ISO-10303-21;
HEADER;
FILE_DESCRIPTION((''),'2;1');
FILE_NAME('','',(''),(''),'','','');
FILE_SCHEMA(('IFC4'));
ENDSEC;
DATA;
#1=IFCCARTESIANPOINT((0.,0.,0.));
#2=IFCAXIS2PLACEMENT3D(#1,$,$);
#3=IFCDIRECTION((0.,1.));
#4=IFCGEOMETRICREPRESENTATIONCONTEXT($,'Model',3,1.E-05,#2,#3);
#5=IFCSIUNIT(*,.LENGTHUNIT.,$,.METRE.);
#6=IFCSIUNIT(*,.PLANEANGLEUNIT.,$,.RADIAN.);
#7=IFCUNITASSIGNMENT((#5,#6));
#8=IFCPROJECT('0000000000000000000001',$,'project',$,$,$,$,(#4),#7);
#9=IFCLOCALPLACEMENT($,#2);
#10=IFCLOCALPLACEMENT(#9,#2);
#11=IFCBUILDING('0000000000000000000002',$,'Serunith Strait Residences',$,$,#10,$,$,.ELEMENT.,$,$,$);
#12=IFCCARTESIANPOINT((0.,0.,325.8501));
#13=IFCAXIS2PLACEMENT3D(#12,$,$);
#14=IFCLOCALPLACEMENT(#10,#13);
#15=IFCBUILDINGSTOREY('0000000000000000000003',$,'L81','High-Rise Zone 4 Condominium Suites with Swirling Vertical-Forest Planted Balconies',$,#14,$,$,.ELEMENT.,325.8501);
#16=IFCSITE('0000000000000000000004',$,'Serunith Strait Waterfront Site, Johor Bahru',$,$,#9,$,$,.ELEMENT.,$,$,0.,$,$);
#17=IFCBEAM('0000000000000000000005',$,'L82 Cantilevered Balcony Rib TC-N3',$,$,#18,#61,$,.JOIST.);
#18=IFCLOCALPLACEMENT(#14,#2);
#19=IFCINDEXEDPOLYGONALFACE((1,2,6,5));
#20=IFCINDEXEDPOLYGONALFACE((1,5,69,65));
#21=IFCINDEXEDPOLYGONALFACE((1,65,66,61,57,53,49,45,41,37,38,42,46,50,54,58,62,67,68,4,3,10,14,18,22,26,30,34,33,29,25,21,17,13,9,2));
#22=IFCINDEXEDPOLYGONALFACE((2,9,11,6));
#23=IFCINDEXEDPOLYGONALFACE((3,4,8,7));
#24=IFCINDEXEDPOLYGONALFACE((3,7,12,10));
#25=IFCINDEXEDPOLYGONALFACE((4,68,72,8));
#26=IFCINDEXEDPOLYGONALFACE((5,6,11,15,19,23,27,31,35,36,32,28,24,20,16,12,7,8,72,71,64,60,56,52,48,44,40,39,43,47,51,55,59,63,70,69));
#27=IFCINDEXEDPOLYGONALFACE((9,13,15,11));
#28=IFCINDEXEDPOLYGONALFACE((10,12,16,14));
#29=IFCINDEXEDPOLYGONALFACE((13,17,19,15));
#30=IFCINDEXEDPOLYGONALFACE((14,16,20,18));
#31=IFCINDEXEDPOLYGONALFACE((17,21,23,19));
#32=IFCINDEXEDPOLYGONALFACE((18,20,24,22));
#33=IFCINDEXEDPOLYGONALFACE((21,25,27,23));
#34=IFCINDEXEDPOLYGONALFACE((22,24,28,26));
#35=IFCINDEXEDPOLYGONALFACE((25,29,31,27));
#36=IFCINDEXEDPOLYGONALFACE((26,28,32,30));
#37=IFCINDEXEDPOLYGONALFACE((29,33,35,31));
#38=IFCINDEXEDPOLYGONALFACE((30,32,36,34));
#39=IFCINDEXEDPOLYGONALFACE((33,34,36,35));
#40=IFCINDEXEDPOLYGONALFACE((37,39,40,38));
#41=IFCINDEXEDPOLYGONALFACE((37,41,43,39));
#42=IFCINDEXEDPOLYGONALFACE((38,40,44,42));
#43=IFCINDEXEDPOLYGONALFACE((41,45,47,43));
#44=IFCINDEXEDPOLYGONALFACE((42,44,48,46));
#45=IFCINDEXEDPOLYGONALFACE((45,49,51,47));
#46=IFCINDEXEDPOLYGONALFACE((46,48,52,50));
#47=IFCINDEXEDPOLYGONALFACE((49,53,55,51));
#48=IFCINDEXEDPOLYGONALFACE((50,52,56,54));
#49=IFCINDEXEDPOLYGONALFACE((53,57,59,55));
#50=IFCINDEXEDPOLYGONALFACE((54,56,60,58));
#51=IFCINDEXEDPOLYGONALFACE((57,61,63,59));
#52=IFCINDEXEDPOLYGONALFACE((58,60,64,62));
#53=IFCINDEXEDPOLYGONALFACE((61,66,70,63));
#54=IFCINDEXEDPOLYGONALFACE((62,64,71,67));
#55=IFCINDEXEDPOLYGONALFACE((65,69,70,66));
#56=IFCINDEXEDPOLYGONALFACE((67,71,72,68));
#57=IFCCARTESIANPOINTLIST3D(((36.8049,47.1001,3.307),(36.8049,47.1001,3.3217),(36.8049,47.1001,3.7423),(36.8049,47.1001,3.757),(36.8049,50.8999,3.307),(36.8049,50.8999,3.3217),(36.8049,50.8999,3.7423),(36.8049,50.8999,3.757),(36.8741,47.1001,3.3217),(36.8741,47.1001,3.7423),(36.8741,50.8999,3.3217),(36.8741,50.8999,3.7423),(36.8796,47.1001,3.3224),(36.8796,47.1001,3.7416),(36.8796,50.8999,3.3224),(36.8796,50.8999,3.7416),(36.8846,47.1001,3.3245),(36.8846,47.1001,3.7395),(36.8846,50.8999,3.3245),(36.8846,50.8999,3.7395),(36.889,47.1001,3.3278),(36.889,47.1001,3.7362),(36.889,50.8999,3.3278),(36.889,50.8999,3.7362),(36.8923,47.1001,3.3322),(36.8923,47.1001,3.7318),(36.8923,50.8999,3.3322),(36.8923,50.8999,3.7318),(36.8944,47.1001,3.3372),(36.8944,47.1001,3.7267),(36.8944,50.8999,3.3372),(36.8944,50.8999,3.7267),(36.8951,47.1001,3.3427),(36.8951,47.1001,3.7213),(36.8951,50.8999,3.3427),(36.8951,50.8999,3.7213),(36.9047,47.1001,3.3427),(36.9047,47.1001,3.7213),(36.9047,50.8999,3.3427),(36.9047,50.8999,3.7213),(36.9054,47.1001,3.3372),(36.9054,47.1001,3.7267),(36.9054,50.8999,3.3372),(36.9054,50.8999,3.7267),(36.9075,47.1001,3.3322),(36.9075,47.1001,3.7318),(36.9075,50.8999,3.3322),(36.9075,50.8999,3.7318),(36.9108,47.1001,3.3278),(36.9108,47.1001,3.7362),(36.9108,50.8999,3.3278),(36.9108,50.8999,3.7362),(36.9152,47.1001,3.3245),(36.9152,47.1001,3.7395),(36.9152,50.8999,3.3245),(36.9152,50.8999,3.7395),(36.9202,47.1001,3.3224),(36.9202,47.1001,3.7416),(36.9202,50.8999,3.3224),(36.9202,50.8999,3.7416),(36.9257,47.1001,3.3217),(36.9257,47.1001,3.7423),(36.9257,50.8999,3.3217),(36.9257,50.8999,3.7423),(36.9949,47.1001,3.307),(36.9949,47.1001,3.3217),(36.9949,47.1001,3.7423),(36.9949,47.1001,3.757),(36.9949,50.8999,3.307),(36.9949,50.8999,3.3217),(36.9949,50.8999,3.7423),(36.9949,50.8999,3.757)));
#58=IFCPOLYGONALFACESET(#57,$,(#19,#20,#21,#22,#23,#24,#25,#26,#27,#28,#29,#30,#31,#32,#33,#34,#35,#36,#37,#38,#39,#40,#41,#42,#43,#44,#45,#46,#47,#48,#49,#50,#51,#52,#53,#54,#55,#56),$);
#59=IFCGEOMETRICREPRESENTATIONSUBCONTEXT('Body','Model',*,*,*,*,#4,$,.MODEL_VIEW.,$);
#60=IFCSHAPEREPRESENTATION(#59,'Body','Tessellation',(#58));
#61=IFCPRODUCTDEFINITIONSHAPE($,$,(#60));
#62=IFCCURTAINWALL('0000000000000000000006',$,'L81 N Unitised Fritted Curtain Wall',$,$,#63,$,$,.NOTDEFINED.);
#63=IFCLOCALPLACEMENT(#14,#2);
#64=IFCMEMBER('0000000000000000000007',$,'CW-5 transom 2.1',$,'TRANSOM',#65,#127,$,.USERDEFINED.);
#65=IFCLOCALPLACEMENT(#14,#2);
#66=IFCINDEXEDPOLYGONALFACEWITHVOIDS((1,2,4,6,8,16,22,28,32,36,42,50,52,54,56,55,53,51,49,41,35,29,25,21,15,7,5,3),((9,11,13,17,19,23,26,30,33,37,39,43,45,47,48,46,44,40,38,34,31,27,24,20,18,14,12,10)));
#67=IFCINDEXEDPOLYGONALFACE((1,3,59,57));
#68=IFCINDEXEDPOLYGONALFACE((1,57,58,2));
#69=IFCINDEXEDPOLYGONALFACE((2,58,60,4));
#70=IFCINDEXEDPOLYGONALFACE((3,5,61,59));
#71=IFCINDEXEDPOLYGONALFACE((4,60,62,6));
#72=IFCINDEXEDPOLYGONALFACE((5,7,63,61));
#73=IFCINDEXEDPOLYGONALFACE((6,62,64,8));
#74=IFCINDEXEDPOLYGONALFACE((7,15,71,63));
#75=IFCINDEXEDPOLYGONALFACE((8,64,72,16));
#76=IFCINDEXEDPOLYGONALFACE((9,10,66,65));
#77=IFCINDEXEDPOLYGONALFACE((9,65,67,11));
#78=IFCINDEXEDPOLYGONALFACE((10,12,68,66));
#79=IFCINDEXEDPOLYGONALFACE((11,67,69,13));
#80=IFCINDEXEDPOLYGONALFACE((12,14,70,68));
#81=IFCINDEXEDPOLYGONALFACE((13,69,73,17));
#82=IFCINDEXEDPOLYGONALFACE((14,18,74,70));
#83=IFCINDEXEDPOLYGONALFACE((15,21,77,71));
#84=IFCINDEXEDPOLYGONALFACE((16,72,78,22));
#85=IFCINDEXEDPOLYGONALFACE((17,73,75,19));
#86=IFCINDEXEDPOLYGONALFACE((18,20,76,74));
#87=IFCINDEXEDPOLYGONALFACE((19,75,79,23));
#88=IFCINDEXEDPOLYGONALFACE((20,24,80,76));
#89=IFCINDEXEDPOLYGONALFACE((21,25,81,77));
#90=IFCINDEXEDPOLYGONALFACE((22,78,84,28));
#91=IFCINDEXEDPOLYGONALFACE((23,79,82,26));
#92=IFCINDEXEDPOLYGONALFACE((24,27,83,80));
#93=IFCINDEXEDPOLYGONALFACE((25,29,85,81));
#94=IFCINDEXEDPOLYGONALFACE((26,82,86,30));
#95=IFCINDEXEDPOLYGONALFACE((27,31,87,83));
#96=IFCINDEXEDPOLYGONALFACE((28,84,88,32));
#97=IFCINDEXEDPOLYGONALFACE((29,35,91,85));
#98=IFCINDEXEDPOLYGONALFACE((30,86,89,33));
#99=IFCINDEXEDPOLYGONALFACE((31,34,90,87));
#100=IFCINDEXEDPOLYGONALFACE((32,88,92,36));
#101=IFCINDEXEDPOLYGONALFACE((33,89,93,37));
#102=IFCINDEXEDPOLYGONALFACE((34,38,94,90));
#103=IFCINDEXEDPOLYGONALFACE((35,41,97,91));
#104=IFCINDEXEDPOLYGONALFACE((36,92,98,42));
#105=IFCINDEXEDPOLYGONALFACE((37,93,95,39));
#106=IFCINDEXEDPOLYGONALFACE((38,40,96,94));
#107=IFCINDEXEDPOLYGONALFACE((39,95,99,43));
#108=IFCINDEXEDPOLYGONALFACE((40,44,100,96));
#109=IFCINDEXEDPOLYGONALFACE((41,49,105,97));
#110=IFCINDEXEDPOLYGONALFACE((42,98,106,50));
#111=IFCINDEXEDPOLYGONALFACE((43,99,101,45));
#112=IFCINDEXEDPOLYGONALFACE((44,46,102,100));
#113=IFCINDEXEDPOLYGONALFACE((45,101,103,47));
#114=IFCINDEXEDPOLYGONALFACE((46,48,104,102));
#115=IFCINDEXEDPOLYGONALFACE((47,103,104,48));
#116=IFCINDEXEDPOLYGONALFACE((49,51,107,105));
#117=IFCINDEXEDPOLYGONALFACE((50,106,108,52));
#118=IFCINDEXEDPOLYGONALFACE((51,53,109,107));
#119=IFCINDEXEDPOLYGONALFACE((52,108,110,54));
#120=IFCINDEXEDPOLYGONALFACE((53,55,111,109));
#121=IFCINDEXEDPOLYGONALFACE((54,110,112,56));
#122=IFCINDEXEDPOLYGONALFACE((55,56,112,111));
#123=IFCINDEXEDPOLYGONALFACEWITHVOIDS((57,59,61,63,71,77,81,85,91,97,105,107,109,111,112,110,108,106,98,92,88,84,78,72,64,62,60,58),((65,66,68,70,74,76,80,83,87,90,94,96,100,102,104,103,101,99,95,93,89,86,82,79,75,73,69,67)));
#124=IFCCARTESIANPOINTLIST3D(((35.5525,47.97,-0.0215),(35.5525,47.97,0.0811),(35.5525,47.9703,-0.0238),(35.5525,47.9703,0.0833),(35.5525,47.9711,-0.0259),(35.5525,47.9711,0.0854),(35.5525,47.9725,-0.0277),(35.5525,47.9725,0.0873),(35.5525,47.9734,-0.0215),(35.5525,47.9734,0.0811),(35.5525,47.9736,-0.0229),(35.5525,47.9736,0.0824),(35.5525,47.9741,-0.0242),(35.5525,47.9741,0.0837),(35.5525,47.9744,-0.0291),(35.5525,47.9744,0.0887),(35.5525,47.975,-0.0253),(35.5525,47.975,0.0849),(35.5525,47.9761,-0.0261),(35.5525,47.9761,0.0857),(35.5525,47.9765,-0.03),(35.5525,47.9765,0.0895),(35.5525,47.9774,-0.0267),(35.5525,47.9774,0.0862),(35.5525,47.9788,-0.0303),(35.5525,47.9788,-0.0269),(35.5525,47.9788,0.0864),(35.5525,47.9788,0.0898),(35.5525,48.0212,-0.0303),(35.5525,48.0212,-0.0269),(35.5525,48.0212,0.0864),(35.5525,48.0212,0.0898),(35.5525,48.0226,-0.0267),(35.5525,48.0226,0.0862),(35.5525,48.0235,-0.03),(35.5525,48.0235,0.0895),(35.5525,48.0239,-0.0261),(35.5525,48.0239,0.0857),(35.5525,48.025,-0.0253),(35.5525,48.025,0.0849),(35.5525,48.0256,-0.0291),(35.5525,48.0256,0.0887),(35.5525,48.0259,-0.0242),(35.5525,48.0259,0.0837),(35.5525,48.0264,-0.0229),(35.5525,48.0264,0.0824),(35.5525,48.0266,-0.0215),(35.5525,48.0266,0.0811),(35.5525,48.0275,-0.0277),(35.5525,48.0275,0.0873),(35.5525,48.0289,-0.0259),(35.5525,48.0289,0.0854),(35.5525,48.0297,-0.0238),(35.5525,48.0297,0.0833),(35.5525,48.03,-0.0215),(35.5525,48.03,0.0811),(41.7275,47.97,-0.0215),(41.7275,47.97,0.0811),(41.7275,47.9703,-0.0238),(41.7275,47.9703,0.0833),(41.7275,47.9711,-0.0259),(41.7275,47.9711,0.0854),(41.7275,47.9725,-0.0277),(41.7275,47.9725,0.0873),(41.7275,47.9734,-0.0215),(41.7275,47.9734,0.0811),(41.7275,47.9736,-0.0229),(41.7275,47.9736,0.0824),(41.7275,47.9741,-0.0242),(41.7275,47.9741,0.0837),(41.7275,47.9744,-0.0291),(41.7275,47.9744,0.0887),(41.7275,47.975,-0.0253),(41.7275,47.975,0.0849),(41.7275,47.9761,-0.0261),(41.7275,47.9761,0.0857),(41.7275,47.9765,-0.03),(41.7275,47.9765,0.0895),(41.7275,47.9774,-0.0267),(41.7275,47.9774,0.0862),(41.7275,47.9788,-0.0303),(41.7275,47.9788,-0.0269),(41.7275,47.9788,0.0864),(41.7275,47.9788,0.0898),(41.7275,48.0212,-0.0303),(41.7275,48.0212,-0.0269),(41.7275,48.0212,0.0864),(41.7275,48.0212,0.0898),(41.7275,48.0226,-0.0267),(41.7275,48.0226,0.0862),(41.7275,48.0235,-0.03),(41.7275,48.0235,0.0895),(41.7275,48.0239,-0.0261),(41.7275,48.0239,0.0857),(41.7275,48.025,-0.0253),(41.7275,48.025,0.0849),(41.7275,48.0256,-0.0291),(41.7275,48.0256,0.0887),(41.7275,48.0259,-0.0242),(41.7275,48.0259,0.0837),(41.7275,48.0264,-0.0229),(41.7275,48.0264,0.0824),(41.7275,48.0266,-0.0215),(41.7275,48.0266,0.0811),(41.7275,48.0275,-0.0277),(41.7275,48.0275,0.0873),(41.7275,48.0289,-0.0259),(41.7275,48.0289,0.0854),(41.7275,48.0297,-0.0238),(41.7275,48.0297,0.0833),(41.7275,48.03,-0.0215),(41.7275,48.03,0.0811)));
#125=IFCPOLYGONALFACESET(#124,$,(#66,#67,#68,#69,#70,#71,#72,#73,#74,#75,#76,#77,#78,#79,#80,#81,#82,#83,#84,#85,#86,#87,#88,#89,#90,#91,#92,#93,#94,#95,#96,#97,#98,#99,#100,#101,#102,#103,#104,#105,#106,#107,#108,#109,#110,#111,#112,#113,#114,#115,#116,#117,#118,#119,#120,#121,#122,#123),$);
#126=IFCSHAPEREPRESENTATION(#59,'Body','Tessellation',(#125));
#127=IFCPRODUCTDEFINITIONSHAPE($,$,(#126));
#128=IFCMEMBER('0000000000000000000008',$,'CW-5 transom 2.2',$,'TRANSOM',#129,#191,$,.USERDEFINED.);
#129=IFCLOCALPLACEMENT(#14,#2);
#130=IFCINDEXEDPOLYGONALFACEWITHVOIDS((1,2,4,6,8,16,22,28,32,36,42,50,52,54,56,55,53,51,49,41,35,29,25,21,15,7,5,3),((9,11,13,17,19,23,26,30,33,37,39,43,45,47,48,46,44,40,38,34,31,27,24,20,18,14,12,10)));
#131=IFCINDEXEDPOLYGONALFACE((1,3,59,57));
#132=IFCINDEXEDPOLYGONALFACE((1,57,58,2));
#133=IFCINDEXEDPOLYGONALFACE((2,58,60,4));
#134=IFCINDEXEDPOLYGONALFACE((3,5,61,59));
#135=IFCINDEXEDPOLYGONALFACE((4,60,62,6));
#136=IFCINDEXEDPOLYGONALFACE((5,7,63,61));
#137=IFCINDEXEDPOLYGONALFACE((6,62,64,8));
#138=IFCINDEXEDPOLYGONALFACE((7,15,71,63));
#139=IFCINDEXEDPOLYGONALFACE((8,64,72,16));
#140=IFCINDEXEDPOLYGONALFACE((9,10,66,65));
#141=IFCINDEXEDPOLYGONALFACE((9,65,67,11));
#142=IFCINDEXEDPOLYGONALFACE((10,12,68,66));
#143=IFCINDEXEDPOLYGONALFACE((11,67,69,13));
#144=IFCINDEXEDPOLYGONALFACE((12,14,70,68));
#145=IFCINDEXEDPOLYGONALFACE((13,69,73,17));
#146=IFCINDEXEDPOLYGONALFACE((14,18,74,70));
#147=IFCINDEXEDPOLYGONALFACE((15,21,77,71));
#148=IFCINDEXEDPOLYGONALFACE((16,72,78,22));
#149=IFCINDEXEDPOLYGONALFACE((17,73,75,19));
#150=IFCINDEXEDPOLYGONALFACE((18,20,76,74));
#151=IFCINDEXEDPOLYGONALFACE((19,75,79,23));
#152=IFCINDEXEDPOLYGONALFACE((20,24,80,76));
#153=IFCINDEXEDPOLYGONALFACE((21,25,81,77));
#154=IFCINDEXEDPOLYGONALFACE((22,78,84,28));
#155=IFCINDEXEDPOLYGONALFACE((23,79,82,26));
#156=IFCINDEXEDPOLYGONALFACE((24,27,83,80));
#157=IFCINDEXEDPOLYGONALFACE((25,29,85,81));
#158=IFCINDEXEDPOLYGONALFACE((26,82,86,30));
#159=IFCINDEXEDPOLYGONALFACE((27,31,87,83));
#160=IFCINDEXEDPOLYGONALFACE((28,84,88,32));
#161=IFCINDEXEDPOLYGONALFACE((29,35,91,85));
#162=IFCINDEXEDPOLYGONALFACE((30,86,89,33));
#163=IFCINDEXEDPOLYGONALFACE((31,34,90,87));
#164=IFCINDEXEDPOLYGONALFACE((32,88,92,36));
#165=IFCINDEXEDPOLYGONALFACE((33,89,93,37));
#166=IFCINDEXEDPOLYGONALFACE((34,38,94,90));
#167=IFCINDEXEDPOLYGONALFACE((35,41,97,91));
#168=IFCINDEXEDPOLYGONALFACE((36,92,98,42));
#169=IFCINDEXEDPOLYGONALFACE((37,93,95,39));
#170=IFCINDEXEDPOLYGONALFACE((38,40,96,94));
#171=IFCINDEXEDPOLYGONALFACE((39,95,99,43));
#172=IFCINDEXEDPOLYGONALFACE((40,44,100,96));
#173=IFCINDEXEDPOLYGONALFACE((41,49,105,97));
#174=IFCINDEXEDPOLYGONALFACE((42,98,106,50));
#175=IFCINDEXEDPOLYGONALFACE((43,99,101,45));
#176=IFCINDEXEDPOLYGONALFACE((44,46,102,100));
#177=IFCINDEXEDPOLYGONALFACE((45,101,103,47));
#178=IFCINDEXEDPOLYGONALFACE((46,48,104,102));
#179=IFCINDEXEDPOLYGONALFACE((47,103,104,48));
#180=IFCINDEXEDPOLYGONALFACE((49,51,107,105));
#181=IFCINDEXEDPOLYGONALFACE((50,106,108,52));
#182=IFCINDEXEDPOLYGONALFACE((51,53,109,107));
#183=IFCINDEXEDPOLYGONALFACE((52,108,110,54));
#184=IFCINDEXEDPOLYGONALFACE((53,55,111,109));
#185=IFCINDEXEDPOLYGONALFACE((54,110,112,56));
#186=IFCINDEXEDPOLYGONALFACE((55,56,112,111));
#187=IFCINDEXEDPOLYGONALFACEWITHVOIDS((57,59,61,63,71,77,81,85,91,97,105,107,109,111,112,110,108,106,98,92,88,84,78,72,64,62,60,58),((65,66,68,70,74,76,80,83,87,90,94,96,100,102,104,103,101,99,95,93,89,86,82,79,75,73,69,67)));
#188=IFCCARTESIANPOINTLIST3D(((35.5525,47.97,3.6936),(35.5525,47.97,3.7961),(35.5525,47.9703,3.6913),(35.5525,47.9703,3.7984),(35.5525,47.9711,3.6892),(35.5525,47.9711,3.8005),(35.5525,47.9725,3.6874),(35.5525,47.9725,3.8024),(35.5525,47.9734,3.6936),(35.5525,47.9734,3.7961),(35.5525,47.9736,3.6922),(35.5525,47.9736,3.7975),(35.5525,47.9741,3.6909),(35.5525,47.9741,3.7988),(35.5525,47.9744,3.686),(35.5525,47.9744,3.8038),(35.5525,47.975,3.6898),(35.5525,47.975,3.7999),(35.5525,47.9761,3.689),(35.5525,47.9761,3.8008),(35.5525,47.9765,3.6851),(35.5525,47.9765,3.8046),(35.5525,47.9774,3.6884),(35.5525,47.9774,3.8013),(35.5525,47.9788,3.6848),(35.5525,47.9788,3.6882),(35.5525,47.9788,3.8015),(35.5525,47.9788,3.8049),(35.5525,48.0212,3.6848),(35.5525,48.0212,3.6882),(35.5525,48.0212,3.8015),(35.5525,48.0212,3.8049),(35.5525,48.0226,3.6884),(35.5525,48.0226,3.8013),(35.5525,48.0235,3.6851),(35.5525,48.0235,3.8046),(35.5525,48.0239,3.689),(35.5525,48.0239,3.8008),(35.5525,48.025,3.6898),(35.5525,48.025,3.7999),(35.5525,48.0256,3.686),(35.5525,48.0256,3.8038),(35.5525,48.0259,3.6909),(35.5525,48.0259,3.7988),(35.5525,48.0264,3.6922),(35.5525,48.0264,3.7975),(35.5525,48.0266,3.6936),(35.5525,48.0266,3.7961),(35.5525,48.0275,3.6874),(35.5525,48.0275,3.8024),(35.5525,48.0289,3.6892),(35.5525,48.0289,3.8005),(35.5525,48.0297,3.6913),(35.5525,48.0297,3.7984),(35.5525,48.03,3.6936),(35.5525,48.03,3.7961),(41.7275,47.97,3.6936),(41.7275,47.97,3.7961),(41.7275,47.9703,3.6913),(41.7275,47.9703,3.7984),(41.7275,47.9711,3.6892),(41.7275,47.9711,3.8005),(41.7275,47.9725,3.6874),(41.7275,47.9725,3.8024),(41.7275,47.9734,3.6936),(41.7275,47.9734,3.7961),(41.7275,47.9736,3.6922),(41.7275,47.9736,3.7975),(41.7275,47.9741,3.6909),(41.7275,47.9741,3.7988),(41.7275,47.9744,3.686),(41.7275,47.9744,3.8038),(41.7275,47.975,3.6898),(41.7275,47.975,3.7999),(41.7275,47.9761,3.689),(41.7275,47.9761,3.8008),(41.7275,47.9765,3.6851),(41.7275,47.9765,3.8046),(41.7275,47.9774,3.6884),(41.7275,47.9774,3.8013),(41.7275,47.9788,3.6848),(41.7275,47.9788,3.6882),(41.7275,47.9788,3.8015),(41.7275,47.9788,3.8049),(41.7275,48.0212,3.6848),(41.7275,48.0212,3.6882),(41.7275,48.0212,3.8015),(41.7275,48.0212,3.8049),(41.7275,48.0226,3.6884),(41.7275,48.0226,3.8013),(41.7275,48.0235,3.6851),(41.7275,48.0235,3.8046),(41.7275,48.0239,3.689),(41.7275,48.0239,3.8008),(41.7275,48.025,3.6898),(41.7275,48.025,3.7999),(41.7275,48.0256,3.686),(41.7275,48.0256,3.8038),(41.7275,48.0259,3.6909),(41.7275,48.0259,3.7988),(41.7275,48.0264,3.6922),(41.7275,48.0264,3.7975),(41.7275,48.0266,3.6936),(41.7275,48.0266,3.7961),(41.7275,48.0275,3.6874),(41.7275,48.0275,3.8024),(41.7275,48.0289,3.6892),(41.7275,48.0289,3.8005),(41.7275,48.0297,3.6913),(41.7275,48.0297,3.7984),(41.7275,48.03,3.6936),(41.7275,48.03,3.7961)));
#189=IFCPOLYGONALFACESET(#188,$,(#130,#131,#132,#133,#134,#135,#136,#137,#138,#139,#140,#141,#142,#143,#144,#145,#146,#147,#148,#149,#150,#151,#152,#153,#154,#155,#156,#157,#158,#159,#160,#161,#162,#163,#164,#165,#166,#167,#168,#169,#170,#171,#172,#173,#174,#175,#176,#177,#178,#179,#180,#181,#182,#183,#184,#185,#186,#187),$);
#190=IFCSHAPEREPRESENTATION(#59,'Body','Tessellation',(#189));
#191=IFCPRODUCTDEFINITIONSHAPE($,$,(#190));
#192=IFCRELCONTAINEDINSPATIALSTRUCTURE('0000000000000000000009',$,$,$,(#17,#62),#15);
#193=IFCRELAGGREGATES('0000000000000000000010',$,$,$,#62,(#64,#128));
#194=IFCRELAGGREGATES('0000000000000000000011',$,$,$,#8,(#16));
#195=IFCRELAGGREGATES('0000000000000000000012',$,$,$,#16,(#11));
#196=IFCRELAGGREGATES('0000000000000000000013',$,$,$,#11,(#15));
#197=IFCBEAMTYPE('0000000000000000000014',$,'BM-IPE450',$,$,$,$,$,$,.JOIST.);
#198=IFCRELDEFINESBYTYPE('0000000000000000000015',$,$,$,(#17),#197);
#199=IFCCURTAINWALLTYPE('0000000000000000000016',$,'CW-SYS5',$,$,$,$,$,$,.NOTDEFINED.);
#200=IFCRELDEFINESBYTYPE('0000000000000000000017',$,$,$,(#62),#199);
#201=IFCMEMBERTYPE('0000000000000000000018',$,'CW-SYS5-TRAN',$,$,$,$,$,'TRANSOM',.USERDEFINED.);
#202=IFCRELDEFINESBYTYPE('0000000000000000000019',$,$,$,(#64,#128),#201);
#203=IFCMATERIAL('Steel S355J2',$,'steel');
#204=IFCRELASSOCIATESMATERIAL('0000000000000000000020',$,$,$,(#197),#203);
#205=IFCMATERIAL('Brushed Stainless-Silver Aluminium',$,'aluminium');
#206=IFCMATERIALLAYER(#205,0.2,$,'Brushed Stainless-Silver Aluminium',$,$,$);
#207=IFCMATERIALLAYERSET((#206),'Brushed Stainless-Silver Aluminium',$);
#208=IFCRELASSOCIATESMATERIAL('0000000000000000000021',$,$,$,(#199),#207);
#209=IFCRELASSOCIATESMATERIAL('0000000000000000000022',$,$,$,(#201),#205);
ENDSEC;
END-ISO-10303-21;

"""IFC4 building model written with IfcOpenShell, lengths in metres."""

from ifc_helpers import new_model, si_unit, direction, frame, origin, origin_2d, place, context, subcontext, project, spatial, hollow_rectangle, i_section, extrude, source, transform, mapped, material, layer, layer_set, material_profile, profile_set, type_object, element, aggregate, save


model = new_model("IFC4")

# Units and contexts
model_context = context("Model", 3, precision=1e-05, world=origin(), true_north=direction((0.0, 1.0)))
body_context = subcontext(model_context, "Body", "Model", "MODEL_VIEW")
ifc_project = project(units=[si_unit("LENGTHUNIT", "METRE"), si_unit("PLANEANGLEUNIT", "RADIAN")], contexts=[model_context])

# Site, building, storey
site_placement = place(None, origin())
site = spatial("IfcSite", under=ifc_project, at=site_placement, Name="Serunith Strait Waterfront Site, Johor Bahru", CompositionType="ELEMENT", RefElevation=0.0)
building_placement = place(site_placement, origin())
building = spatial("IfcBuilding", under=site, at=building_placement, Name="Serunith Strait Residences", CompositionType="ELEMENT")
storey_placement = place(building_placement, frame((0.0, 0.0, 325.8501)))
storey = spatial("IfcBuildingStorey", under=building, at=storey_placement, Name="L81", Description="High-Rise Zone 4 Condominium Suites with Swirling Vertical-Forest Planted Balconies", CompositionType="ELEMENT", Elevation=325.8501)

# Beam
ifc_material_1 = material(Name="Steel S355J2", Category="steel")
ifc_material_profile_1 = material_profile(ifc_material_1, i_section(OverallWidth=0.1899, OverallDepth=0.45, WebThickness=0.0095, FlangeThickness=0.0146, FilletRadius=0.021, at=origin_2d()), Name="IPE 450")
ifc_profile_set_1 = profile_set([ifc_material_profile_1], Name="Steel S355J2")
beam_type_1 = type_object("IfcBeamType", Name="BM-IPE450", PredefinedType="JOIST", material=ifc_profile_set_1)
shared_shape_1 = source(origin(), body_context, "Body", "SweptSolid", [
    extrude(i_section(OverallWidth=0.1899, OverallDepth=0.45, WebThickness=0.0095, FlangeThickness=0.0146, FilletRadius=0.021, at=origin_2d()), origin(), (0.0, 0.0, 1.0), 3.7998),
])
beam_1_placement = place(storey_placement, frame((36.8999, 47.1001, 3.532), z_axis=(0.0, 1.0, 0.0), x_axis=(-1.0, 0.0, 0.0)))
element("IfcBeam", 1, at=beam_1_placement, inside=storey, type_object=beam_type_1, Name="L82 Cantilevered Balcony Rib TC-N3", PredefinedType="JOIST", context=body_context, shape_type="MappedRepresentation", body=[
    mapped(shared_shape_1, transform((0.0, 0.0, 0.0), scale=1.0)),
])

# Curtain wall, members
ifc_material_2 = material(Name="Brushed Stainless-Silver Aluminium", Category="aluminium")
ifc_layer_1 = layer(ifc_material_2, 0.2, Name="Brushed Stainless-Silver Aluminium")
ifc_layer_set_1 = layer_set([ifc_layer_1], Name="Brushed Stainless-Silver Aluminium")
curtain_wall_type = type_object("IfcCurtainWallType", Name="CW-SYS5", PredefinedType="NOTDEFINED", material=ifc_layer_set_1)
curtain_wall_placement = place(storey_placement, origin())
curtain_wall = element("IfcCurtainWall", 2, at=curtain_wall_placement, inside=storey, type_object=curtain_wall_type, Name="L81 N Unitised Fritted Curtain Wall", PredefinedType="NOTDEFINED")
ifc_material_profile_2 = material_profile(ifc_material_2, hollow_rectangle(XDim=0.0601, YDim=0.1201, WallThickness=0.0034, InnerFilletRadius=0.0054, OuterFilletRadius=0.0088, at=origin_2d()), Name="ALU 120x60x3.5")
ifc_profile_set_2 = profile_set([ifc_material_profile_2], Name="Brushed Stainless-Silver Aluminium")
member_type_1 = type_object("IfcMemberType", Name="CW-SYS5-TRAN", ElementType="TRANSOM", PredefinedType="USERDEFINED", material=ifc_profile_set_2)
shared_shape_2 = source(origin(), body_context, "Body", "SweptSolid", [
    extrude(hollow_rectangle(XDim=0.0601, YDim=0.1201, WallThickness=0.0034, InnerFilletRadius=0.0054, OuterFilletRadius=0.0088, at=origin_2d()), origin(), (0.0, 0.0, 1.0), 6.175),
])
member_1_placement = place(storey_placement, frame((41.7275, 48.0, 0.0298), z_axis=(-1.0, 0.0, 0.0), x_axis=(0.0, -1.0, 0.0)))
member_1 = element("IfcMember", 3, at=member_1_placement, type_object=member_type_1, Name="CW-5 transom 2.1", ObjectType="TRANSOM", PredefinedType="USERDEFINED", context=body_context, shape_type="MappedRepresentation", body=[
    mapped(shared_shape_2, transform((0.0, 0.0, 0.0), scale=1.0)),
])
member_2_placement = place(storey_placement, frame((41.7275, 48.0, 3.7449), z_axis=(-1.0, 0.0, 0.0), x_axis=(0.0, -1.0, 0.0)))
member_2 = element("IfcMember", 4, at=member_2_placement, type_object=member_type_1, Name="CW-5 transom 2.2", ObjectType="TRANSOM", PredefinedType="USERDEFINED", context=body_context, shape_type="MappedRepresentation", body=[
    mapped(shared_shape_2, transform((0.0, 0.0, 0.0), scale=1.0)),
])
aggregate(curtain_wall, [member_1, member_2])

save(model, "model.ifc")
